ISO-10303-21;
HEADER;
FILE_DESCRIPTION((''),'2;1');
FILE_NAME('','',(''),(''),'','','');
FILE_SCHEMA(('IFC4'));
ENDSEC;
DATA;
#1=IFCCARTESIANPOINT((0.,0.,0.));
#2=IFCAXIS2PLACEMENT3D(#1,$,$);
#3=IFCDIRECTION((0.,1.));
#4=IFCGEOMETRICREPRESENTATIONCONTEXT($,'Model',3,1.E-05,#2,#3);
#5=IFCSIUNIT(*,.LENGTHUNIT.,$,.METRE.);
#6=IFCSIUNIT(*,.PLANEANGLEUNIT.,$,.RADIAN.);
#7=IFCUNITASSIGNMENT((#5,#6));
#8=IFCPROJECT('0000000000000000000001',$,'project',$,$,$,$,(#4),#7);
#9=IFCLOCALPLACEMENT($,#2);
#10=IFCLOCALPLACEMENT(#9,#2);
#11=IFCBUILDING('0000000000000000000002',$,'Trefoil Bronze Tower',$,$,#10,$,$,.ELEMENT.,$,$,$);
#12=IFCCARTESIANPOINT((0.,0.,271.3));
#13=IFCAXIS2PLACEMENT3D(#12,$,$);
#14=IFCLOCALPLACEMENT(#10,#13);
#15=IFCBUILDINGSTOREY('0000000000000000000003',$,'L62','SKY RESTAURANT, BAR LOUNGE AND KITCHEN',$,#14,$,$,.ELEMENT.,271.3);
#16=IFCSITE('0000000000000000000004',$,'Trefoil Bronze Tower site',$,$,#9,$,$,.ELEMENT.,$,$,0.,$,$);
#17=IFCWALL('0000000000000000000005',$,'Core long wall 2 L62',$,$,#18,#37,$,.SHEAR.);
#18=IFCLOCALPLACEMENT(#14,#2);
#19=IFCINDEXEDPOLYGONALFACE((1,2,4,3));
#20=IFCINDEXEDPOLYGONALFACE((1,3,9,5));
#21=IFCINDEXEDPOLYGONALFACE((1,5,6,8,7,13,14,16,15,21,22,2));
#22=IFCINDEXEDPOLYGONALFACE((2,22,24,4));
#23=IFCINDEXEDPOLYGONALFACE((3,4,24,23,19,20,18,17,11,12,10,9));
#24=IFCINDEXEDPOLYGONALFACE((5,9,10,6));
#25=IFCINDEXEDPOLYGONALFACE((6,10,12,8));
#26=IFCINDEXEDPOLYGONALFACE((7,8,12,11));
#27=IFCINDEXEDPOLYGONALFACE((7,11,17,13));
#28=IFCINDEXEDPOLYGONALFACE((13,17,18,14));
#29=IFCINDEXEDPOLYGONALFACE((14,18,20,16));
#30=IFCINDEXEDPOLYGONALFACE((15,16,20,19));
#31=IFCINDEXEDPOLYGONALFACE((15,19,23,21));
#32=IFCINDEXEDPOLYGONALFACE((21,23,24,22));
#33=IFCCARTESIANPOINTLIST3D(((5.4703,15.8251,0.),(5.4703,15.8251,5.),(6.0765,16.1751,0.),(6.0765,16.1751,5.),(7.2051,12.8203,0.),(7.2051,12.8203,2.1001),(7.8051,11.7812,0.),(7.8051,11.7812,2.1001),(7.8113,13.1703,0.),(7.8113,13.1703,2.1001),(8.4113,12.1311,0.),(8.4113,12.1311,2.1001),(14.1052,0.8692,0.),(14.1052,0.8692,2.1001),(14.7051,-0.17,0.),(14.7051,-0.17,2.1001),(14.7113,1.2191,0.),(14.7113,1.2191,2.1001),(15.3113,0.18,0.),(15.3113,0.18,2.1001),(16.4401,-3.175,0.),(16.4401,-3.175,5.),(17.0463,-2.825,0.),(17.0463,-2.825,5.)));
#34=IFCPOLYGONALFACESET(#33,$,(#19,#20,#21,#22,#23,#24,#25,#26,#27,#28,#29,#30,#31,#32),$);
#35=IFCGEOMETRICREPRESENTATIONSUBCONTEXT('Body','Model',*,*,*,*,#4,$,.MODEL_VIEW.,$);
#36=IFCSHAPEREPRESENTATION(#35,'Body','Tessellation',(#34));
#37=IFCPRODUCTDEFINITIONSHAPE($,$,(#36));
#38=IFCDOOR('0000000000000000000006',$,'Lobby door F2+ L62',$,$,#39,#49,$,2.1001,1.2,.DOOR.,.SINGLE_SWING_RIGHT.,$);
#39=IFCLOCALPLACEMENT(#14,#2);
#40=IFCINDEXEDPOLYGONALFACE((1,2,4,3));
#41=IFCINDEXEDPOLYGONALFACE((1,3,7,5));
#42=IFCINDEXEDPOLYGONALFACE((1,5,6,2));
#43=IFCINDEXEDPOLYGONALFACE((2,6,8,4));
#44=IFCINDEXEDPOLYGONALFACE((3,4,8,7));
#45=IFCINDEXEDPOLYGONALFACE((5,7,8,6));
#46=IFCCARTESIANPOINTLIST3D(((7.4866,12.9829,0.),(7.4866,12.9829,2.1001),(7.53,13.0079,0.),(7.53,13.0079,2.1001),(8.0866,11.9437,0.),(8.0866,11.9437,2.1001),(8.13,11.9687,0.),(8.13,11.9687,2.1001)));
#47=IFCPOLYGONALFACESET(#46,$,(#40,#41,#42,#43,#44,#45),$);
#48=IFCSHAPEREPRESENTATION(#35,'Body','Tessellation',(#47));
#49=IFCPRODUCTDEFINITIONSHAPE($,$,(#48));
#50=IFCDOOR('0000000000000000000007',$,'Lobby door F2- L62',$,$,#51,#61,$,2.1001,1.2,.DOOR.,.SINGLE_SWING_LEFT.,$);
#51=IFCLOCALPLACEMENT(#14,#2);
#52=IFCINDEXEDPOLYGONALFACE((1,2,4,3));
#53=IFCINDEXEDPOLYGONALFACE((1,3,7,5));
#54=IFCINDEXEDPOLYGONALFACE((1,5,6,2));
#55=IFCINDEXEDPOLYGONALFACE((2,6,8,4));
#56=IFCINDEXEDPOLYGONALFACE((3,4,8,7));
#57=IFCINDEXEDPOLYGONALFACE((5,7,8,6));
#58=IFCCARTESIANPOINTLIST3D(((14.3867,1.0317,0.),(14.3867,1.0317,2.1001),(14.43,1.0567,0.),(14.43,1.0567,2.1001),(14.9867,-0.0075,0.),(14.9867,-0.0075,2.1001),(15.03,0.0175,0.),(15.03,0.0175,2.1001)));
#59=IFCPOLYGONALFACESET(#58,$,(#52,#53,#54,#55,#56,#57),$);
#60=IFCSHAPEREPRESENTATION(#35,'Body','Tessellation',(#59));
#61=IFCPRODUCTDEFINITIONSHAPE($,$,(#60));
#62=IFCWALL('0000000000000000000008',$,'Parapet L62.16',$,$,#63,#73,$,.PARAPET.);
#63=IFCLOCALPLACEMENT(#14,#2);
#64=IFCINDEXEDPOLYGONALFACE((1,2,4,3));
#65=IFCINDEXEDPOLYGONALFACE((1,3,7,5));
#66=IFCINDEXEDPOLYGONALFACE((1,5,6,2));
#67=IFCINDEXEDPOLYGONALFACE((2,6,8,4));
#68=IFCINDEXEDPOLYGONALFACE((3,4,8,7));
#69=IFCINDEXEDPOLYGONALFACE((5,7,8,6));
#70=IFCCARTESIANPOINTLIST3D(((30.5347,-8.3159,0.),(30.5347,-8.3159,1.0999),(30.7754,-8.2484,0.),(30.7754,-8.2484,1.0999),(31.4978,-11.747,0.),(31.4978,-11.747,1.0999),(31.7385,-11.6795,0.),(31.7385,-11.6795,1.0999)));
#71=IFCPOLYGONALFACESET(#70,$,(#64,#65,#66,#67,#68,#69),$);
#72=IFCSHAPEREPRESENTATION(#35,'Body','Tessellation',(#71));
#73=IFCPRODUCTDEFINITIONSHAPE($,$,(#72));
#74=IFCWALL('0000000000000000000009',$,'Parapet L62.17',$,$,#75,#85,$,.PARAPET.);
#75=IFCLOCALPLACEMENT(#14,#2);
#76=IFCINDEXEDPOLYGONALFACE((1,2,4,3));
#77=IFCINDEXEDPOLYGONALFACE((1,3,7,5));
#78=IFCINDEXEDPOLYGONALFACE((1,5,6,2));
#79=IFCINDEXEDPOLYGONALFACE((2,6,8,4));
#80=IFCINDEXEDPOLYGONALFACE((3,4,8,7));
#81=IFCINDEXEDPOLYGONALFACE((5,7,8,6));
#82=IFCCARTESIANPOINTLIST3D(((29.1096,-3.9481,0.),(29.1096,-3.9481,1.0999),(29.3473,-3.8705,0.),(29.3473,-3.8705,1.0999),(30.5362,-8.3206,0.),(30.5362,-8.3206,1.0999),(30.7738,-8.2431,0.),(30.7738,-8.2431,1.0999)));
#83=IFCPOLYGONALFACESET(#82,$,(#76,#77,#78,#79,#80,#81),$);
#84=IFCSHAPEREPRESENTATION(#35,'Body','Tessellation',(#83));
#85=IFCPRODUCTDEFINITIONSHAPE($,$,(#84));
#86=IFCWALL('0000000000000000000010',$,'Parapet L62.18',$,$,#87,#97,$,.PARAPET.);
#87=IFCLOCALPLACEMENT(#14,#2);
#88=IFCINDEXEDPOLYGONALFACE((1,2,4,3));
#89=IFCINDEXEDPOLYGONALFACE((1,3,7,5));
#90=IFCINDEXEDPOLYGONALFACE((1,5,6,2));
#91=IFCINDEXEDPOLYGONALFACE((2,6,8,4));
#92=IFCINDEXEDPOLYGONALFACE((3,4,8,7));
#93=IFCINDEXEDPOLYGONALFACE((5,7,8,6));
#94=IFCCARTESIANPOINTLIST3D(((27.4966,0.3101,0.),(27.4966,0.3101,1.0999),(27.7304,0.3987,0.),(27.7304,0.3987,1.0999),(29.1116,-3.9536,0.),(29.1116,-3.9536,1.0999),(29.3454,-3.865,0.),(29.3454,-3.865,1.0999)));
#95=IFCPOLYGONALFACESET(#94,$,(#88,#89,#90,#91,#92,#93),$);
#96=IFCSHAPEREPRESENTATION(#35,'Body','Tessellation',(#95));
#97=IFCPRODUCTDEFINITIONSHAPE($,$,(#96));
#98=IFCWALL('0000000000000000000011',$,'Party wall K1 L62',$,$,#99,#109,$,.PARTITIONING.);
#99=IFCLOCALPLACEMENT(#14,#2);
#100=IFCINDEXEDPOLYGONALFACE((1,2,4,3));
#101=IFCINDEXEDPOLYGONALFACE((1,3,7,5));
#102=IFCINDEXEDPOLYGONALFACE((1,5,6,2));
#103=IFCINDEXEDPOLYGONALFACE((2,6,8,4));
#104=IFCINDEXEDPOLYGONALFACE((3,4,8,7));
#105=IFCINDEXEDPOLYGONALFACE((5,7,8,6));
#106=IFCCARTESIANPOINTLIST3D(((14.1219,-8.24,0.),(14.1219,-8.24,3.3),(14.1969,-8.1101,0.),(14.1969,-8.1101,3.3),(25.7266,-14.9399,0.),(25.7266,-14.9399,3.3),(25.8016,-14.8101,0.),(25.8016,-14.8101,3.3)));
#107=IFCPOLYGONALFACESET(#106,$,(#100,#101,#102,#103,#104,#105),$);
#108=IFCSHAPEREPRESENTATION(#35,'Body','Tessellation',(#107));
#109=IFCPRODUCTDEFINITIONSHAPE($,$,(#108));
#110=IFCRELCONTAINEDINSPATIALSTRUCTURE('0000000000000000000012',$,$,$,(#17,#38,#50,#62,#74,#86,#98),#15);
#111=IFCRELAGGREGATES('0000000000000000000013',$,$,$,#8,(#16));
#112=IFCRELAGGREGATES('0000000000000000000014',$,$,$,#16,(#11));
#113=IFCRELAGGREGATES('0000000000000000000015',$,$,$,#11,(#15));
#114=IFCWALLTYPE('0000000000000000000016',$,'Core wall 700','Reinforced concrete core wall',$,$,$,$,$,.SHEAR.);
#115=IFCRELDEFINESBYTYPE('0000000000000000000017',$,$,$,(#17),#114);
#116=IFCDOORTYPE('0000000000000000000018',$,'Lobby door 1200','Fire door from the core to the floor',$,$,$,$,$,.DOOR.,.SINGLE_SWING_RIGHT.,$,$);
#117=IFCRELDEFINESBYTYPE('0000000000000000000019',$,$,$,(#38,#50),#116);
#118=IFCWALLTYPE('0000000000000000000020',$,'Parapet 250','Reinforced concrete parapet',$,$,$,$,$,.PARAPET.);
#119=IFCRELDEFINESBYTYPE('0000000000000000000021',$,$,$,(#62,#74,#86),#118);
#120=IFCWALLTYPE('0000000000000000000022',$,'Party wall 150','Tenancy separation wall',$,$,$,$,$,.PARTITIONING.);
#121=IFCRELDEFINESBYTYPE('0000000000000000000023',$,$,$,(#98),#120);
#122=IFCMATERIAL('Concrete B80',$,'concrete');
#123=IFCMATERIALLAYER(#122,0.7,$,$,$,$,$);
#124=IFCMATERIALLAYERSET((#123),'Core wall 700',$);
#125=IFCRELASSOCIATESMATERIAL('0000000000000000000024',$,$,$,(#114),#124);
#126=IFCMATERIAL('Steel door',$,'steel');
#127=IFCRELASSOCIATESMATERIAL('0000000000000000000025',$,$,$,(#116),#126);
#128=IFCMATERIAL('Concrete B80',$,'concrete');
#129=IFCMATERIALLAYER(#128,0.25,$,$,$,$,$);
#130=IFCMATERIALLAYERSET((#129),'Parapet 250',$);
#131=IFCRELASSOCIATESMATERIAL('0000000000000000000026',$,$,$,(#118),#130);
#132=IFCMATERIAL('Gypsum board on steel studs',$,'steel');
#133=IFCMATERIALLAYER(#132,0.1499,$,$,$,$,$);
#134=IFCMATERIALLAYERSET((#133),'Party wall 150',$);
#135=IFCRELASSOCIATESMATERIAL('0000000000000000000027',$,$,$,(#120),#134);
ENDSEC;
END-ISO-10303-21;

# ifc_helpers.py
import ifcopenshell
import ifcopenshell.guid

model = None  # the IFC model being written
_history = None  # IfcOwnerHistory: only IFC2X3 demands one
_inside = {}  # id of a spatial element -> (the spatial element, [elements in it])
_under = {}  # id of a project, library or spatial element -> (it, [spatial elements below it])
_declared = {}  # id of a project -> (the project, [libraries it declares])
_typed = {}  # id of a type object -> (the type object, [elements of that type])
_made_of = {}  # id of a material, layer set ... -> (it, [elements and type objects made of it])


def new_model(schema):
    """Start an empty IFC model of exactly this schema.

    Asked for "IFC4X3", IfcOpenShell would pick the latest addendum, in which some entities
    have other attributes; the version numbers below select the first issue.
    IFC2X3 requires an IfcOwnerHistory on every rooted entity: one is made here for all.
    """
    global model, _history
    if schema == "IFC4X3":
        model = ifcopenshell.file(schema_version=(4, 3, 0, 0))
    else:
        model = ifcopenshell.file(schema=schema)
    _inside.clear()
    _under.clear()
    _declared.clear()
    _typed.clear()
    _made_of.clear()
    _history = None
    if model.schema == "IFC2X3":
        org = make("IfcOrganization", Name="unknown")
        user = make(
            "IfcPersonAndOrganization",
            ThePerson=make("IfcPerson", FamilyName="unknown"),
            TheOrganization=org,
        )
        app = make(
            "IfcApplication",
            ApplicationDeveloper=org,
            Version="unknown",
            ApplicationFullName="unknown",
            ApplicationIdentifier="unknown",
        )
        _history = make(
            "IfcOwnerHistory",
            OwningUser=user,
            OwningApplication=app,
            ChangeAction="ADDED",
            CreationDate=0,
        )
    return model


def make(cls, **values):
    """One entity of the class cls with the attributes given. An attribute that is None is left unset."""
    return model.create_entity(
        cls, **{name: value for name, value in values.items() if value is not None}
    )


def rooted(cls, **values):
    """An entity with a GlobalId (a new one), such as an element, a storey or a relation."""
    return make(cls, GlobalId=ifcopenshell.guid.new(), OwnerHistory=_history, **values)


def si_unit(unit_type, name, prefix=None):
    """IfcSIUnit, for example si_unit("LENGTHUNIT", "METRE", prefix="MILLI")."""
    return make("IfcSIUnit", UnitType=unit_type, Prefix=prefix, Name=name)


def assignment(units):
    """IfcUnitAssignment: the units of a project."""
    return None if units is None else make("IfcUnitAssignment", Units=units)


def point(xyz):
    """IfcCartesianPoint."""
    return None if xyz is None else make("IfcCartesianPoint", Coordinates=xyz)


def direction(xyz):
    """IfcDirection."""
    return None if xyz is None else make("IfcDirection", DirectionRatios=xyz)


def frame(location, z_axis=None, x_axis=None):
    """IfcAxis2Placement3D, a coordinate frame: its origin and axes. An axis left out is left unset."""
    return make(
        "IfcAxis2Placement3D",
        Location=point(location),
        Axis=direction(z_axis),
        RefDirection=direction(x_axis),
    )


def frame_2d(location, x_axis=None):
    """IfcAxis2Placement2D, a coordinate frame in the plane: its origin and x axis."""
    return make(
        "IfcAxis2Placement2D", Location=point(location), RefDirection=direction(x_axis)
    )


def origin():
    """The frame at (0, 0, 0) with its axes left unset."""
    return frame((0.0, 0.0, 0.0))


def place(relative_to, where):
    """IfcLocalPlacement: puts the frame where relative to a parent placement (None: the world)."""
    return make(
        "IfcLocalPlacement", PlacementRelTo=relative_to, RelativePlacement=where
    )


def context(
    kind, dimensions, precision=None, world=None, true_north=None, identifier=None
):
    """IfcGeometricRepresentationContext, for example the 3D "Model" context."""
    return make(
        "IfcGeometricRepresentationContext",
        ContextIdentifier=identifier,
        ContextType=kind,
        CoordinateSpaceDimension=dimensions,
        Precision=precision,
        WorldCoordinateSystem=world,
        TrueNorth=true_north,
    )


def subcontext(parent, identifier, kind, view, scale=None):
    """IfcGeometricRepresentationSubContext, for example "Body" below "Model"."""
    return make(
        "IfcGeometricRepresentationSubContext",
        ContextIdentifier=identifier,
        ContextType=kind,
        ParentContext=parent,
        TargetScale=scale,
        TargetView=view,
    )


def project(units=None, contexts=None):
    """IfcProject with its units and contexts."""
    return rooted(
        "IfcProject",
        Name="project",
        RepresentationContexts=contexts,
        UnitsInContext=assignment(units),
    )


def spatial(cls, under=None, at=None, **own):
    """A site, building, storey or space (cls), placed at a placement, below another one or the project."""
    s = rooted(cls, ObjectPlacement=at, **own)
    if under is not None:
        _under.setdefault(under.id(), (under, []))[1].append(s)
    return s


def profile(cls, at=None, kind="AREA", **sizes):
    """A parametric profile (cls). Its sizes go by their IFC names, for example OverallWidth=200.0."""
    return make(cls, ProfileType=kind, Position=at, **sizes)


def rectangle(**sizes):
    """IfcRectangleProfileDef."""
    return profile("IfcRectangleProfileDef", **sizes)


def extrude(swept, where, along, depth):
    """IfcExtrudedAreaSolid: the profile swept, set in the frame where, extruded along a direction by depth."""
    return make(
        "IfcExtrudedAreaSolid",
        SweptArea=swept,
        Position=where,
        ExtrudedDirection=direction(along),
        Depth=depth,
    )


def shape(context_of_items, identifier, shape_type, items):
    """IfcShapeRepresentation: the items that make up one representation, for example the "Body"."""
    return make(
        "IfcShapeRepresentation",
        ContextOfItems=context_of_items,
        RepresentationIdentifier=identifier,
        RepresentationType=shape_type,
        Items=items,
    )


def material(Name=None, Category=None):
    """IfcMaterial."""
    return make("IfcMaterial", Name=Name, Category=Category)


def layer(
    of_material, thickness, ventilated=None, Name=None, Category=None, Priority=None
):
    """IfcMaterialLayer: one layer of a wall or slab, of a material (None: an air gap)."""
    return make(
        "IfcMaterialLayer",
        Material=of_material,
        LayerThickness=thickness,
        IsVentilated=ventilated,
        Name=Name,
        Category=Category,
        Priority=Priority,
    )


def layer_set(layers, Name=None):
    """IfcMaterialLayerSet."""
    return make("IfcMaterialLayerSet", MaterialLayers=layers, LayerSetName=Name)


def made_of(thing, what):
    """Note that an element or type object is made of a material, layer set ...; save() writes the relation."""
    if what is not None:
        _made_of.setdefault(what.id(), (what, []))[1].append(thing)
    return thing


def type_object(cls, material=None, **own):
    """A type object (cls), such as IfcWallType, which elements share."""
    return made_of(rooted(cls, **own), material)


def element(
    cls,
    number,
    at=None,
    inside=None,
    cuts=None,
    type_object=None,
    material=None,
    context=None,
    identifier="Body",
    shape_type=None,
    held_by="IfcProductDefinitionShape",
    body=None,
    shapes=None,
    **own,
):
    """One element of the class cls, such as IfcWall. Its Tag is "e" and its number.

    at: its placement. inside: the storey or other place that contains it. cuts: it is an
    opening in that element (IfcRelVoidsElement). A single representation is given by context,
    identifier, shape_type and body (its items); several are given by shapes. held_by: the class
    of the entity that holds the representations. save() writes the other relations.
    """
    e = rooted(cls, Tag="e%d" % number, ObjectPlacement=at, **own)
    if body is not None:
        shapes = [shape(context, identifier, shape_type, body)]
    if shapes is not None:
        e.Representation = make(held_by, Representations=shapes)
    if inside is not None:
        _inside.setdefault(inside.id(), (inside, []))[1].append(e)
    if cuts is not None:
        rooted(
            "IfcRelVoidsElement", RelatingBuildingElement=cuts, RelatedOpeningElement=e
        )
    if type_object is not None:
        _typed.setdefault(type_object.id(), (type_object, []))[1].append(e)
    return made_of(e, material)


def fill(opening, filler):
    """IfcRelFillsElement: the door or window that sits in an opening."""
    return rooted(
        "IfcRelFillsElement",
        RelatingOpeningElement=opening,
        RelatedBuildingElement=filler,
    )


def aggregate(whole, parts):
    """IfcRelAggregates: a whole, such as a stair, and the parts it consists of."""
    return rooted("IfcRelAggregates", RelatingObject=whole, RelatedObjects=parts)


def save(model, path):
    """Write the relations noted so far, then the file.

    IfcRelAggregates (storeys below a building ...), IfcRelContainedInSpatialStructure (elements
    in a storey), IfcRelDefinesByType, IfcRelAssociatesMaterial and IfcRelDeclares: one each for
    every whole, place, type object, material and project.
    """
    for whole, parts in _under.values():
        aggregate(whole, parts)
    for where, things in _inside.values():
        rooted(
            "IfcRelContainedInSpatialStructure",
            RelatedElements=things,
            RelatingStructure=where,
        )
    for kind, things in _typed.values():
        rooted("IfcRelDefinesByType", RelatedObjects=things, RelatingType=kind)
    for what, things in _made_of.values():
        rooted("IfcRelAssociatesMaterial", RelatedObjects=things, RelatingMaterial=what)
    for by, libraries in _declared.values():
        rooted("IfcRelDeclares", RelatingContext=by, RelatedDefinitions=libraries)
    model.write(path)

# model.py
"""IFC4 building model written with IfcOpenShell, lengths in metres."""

from ifc_helpers import new_model, si_unit, direction, frame, frame_2d, origin, place, context, subcontext, project, spatial, rectangle, extrude, material, layer, layer_set, type_object, element, fill, save


model = new_model("IFC4")

# Units and contexts
model_context = context("Model", 3, precision=1e-05, world=origin(), true_north=direction((0.0, 1.0)))
body_context = subcontext(model_context, "Body", "Model", "MODEL_VIEW")
ifc_project = project(units=[si_unit("LENGTHUNIT", "METRE"), si_unit("PLANEANGLEUNIT", "RADIAN")], contexts=[model_context])

# Site, building, storey
site_placement = place(None, origin())
site = spatial("IfcSite", under=ifc_project, at=site_placement, Name="Trefoil Bronze Tower site", CompositionType="ELEMENT", RefElevation=0.0)
building_placement = place(site_placement, origin())
building = spatial("IfcBuilding", under=site, at=building_placement, Name="Trefoil Bronze Tower", CompositionType="ELEMENT")
storey_placement = place(building_placement, frame((0.0, 0.0, 271.3)))
storey = spatial("IfcBuildingStorey", under=building, at=storey_placement, Name="L62", Description="SKY RESTAURANT, BAR LOUNGE AND KITCHEN", CompositionType="ELEMENT", Elevation=271.3)

# Wall, openings, doors
ifc_material_1 = material(Name="Concrete B80", Category="concrete")
ifc_layer_1 = layer(ifc_material_1, 0.7)
ifc_layer_set_1 = layer_set([ifc_layer_1], Name="Core wall 700")
wall_type_1 = type_object("IfcWallType", Name="Core wall 700", Description="Reinforced concrete core wall", PredefinedType="SHEAR", material=ifc_layer_set_1)
wall_1_placement = place(storey_placement, frame((16.7432, -3.0, 0.0), z_axis=(0.0, 0.0, 1.0), x_axis=(-0.500002, 0.866024, 0.0)))
wall_1 = element("IfcWall", 1, at=wall_1_placement, inside=storey, type_object=wall_type_1, Name="Core long wall 2 L62", PredefinedType="SHEAR", context=body_context, shape_type="SweptSolid", body=[
    extrude(rectangle(XDim=21.9395, YDim=0.7, at=frame_2d((10.9697, 0.0))), origin(), (0.0, 0.0, 1.0), 5.0),
])
opening_1_placement = place(wall_1_placement, frame((17.2698, 0.0, 0.0)))
opening_1 = element("IfcOpeningElement", 2, at=opening_1_placement, cuts=wall_1, PredefinedType="OPENING", context=body_context, shape_type="SweptSolid", body=[
    extrude(rectangle(XDim=1.2, YDim=2.1001, at=frame_2d((0.6001, 1.05))), frame((0.0, 0.3599, 0.0), z_axis=(0.0, -1.0, 0.0), x_axis=(1.0, 0.0, 0.0)), (0.0, 0.0, 1.0), 0.72),
])
opening_2_placement = place(wall_1_placement, frame((3.4697, 0.0, 0.0)))
opening_2 = element("IfcOpeningElement", 3, at=opening_2_placement, cuts=wall_1, PredefinedType="OPENING", context=body_context, shape_type="SweptSolid", body=[
    extrude(rectangle(XDim=1.2, YDim=2.1001, at=frame_2d((0.6001, 1.05))), frame((0.0, 0.3599, 0.0), z_axis=(0.0, -1.0, 0.0), x_axis=(1.0, 0.0, 0.0)), (0.0, 0.0, 1.0), 0.72),
])
ifc_material_2 = material(Name="Steel door", Category="steel")
door_type = type_object("IfcDoorType", Name="Lobby door 1200", Description="Fire door from the core to the floor", OperationType="SINGLE_SWING_RIGHT", PredefinedType="DOOR", material=ifc_material_2)
door_1_placement = place(opening_1_placement, origin())
door_1 = element("IfcDoor", 4, at=door_1_placement, inside=storey, type_object=door_type, Name="Lobby door F2+ L62", OperationType="SINGLE_SWING_RIGHT", OverallHeight=2.1001, OverallWidth=1.2, PredefinedType="DOOR", context=body_context, shape_type="SweptSolid", body=[
    extrude(rectangle(XDim=1.2, YDim=2.1001, at=frame_2d((0.6001, 1.05))), frame((0.0, 0.0249, 0.0), z_axis=(0.0, -1.0, 0.0), x_axis=(1.0, 0.0, 0.0)), (0.0, 0.0, 1.0), 0.05),
])
fill(opening_1, door_1)
door_2_placement = place(opening_2_placement, origin())
door_2 = element("IfcDoor", 5, at=door_2_placement, inside=storey, type_object=door_type, Name="Lobby door F2- L62", OperationType="SINGLE_SWING_LEFT", OverallHeight=2.1001, OverallWidth=1.2, PredefinedType="DOOR", context=body_context, shape_type="SweptSolid", body=[
    extrude(rectangle(XDim=1.2, YDim=2.1001, at=frame_2d((0.6001, 1.05))), frame((0.0, 0.0249, 0.0), z_axis=(0.0, -1.0, 0.0), x_axis=(1.0, 0.0, 0.0)), (0.0, 0.0, 1.0), 0.05),
])
fill(opening_2, door_2)

# Walls
ifc_material_3 = material(Name="Concrete B80", Category="concrete")
ifc_layer_2 = layer(ifc_material_3, 0.25)
ifc_layer_set_2 = layer_set([ifc_layer_2], Name="Parapet 250")
wall_type_2 = type_object("IfcWallType", Name="Parapet 250", Description="Reinforced concrete parapet", PredefinedType="PARAPET", material=ifc_layer_set_2)
wall_2_placement = place(storey_placement, frame((31.6182, -11.7131, 0.0), z_axis=(0.0, 0.0, 1.0), x_axis=(-0.270258, 0.962788, 0.0)))
element("IfcWall", 6, at=wall_2_placement, inside=storey, type_object=wall_type_2, Name="Parapet L62.16", PredefinedType="PARAPET", context=body_context, shape_type="SweptSolid", body=[
    extrude(rectangle(XDim=3.5637, YDim=0.25, at=frame_2d((1.7817, 0.0))), origin(), (0.0, 0.0, 1.0), 1.0999),
])
wall_3_placement = place(storey_placement, frame((30.655, -8.282, 0.0), z_axis=(0.0, 0.0, 1.0), x_axis=(-0.310154, 0.950686, 0.0)))
element("IfcWall", 7, at=wall_3_placement, inside=storey, type_object=wall_type_2, Name="Parapet L62.17", PredefinedType="PARAPET", context=body_context, shape_type="SweptSolid", body=[
    extrude(rectangle(XDim=4.5994, YDim=0.25, at=frame_2d((2.2998, 0.0))), origin(), (0.0, 0.0, 1.0), 1.0999),
])
wall_4_placement = place(storey_placement, frame((29.2285, -3.9094, 0.0), z_axis=(0.0, 0.0, 1.0), x_axis=(-0.35422, 0.935162, 0.0)))
element("IfcWall", 8, at=wall_4_placement, inside=storey, type_object=wall_type_2, Name="Parapet L62.18", PredefinedType="PARAPET", context=body_context, shape_type="SweptSolid", body=[
    extrude(rectangle(XDim=4.5593, YDim=0.25, at=frame_2d((2.2798, 0.0))), origin(), (0.0, 0.0, 1.0), 1.0999),
])
ifc_material_4 = material(Name="Gypsum board on steel studs", Category="steel")
ifc_layer_3 = layer(ifc_material_4, 0.1499)
ifc_layer_set_3 = layer_set([ifc_layer_3], Name="Party wall 150")
wall_type_3 = type_object("IfcWallType", Name="Party wall 150", Description="Tenancy separation wall", PredefinedType="PARTITIONING", material=ifc_layer_set_3)
wall_5_placement = place(storey_placement, frame((14.1594, -8.175, 0.0), z_axis=(0.0, 0.0, 1.0), x_axis=(0.866027, -0.499997, 0.0)))
element("IfcWall", 9, at=wall_5_placement, inside=storey, type_object=wall_type_3, Name="Party wall K1 L62", PredefinedType="PARTITIONING", context=body_context, shape_type="SweptSolid", body=[
    extrude(rectangle(XDim=13.3999, YDim=0.1499, at=frame_2d((6.7, 0.0))), origin(), (0.0, 0.0, 1.0), 3.3),
])

save(model, "model.ifc")
